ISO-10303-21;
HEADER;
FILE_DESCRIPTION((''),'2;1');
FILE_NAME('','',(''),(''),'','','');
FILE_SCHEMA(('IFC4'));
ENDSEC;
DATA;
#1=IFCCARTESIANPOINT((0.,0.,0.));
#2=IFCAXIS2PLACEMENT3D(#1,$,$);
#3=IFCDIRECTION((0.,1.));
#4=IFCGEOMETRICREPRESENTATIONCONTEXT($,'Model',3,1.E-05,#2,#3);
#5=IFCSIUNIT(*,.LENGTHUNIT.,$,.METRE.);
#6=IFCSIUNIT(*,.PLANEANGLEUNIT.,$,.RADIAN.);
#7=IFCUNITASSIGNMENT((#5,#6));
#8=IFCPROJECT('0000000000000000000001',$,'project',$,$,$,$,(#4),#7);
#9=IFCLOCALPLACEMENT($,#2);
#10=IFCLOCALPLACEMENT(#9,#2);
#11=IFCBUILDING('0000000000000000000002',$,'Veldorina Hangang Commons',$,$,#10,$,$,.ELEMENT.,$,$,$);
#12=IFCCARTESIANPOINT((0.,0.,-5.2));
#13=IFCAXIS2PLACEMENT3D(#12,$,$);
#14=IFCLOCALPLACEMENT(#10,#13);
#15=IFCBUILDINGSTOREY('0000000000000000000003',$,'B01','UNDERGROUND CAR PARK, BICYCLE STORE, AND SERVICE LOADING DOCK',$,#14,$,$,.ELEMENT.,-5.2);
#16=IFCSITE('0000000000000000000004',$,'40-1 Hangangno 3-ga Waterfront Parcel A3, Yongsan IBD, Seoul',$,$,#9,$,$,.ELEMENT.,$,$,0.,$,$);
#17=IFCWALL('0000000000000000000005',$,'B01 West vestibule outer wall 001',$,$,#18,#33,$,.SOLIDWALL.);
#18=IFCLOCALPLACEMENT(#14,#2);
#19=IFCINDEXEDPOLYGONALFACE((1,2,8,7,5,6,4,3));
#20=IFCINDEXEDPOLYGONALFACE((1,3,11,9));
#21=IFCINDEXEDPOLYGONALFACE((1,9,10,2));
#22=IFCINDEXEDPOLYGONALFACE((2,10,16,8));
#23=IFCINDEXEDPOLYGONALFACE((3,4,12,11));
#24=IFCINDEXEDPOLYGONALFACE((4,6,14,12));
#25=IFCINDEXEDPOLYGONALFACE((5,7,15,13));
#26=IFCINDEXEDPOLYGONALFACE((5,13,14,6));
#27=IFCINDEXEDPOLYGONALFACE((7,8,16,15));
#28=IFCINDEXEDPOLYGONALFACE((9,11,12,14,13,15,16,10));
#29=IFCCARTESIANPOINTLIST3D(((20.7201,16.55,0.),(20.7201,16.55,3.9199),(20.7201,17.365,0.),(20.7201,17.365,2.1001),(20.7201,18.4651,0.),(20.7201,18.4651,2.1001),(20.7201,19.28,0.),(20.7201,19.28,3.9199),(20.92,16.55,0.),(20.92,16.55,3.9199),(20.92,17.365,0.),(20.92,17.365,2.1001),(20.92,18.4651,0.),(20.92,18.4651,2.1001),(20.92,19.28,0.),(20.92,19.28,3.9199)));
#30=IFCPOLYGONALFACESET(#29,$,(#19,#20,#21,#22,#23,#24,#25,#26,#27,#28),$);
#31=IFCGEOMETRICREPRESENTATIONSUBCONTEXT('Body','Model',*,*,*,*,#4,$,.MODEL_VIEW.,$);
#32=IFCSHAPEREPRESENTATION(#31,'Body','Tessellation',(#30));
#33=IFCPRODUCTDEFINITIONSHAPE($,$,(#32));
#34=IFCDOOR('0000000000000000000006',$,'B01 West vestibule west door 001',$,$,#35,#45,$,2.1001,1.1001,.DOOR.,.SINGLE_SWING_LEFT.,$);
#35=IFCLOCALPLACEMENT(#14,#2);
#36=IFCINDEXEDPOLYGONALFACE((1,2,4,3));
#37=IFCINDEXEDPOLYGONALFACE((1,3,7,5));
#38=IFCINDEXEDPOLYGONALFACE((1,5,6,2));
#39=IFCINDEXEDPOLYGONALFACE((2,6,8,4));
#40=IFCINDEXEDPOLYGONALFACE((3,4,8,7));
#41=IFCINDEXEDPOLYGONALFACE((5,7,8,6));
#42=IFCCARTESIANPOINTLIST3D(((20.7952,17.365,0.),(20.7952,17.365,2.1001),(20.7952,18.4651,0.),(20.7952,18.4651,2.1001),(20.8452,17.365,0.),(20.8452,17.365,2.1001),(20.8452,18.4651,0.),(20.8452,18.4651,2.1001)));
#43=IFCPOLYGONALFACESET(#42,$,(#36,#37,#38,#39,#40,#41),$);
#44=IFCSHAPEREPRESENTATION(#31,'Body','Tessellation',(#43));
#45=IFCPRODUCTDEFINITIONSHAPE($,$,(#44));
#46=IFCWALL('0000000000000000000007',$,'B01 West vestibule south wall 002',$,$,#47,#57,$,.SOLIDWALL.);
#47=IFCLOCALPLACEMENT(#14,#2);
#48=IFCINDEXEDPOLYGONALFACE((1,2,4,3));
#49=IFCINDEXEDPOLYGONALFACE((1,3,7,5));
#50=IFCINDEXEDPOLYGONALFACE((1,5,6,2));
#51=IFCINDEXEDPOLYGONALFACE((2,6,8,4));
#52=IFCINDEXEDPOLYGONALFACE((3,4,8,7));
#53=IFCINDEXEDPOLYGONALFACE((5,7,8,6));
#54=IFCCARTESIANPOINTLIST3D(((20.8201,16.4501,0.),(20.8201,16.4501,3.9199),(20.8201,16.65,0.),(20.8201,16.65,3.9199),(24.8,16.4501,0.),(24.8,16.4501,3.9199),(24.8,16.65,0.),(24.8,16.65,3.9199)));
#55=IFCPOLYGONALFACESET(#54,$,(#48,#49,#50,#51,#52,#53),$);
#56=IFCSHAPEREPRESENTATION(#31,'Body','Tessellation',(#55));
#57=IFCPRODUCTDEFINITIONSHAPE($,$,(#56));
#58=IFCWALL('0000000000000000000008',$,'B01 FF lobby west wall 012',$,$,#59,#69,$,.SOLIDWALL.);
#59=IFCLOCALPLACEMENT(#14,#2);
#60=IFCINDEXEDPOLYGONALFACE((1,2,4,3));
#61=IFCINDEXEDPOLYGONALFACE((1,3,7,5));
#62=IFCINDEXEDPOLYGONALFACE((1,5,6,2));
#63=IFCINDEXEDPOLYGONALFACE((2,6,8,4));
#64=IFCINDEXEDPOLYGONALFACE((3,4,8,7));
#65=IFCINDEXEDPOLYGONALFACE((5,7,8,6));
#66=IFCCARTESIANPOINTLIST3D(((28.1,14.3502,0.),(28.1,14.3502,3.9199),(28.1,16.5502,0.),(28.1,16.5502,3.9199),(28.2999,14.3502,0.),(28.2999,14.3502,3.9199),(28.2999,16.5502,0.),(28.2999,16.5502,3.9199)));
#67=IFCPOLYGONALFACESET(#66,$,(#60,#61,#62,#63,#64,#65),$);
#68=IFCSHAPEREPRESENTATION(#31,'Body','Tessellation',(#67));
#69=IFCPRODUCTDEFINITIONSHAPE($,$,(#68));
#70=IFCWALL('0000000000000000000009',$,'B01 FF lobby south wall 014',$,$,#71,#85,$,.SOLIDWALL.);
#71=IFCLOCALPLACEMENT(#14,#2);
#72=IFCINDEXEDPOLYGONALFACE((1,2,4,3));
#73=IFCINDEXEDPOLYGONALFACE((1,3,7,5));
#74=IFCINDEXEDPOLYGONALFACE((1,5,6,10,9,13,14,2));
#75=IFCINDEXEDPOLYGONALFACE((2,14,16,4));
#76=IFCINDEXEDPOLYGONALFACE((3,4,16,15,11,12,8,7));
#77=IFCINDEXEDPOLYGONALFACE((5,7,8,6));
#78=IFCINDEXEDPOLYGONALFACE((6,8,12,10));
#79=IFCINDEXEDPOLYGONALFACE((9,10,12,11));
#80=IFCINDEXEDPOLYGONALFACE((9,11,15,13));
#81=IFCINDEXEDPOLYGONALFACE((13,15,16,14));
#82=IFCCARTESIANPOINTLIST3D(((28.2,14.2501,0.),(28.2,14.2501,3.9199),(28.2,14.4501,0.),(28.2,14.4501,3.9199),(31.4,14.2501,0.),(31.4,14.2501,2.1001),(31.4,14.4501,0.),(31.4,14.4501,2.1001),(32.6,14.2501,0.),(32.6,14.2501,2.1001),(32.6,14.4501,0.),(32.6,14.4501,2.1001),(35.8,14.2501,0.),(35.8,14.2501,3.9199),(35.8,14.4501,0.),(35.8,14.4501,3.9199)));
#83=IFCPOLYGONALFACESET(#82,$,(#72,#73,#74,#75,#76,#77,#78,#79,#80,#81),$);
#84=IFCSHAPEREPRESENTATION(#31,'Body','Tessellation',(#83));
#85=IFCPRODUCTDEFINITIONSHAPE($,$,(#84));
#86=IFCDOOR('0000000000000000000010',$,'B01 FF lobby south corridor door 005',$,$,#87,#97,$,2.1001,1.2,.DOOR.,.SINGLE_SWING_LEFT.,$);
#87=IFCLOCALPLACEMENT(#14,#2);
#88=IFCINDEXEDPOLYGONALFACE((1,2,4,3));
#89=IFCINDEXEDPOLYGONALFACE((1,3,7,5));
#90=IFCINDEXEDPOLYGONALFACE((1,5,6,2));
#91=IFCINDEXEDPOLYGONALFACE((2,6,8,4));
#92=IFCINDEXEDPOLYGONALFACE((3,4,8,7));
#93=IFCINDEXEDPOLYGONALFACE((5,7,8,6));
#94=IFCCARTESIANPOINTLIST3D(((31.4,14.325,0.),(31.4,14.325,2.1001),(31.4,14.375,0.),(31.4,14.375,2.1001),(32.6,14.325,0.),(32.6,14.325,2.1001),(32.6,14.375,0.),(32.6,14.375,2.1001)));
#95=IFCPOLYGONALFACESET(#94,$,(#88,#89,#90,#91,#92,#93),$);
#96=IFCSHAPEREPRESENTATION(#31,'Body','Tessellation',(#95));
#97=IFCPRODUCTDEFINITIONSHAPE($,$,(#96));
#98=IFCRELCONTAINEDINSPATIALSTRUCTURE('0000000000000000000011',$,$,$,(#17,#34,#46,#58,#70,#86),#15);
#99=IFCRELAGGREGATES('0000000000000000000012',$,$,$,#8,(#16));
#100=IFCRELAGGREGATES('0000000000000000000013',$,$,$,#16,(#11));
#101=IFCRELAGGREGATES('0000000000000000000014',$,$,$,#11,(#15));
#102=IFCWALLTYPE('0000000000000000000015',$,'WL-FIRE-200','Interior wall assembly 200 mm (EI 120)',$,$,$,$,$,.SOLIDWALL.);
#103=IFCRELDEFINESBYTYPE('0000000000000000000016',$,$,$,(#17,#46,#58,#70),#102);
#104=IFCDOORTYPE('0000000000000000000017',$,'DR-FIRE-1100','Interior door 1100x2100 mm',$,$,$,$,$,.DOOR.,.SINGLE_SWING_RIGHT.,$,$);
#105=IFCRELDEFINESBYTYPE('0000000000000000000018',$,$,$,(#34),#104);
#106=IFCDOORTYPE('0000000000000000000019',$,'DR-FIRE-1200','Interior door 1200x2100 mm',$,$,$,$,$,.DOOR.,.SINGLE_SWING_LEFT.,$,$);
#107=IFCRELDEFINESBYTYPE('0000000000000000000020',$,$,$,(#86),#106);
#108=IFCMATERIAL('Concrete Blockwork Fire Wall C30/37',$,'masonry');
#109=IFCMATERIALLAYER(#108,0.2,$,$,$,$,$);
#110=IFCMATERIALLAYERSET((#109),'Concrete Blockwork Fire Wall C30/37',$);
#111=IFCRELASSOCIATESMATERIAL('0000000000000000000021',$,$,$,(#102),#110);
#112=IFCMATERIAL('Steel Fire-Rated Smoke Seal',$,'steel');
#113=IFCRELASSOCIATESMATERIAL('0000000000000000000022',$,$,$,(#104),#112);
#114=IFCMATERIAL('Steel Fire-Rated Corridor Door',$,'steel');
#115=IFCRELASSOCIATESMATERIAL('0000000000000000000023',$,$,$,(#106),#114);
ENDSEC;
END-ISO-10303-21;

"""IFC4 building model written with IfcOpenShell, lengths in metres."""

from ifc_helpers import new_model, si_unit, direction, frame, frame_2d, origin, place, context, subcontext, project, spatial, rectangle, extrude, material, layer, layer_set, type_object, element, fill, save


model = new_model("IFC4")

# Units and contexts
model_context = context("Model", 3, precision=1e-05, world=origin(), true_north=direction((0.0, 1.0)))
body_context = subcontext(model_context, "Body", "Model", "MODEL_VIEW")
ifc_project = project(units=[si_unit("LENGTHUNIT", "METRE"), si_unit("PLANEANGLEUNIT", "RADIAN")], contexts=[model_context])

# Site, building, storey
site_placement = place(None, origin())
site = spatial("IfcSite", under=ifc_project, at=site_placement, Name="40-1 Hangangno 3-ga Waterfront Parcel A3, Yongsan IBD, Seoul", CompositionType="ELEMENT", RefElevation=0.0)
building_placement = place(site_placement, origin())
building = spatial("IfcBuilding", under=site, at=building_placement, Name="Veldorina Hangang Commons", CompositionType="ELEMENT")
storey_placement = place(building_placement, frame((0.0, 0.0, -5.2)))
storey = spatial("IfcBuildingStorey", under=building, at=storey_placement, Name="B01", Description="UNDERGROUND CAR PARK, BICYCLE STORE, AND SERVICE LOADING DOCK", CompositionType="ELEMENT", Elevation=-5.2)

# Wall, opening, door
ifc_material_1 = material(Name="Concrete Blockwork Fire Wall C30/37", Category="masonry")
ifc_layer_1 = layer(ifc_material_1, 0.2)
ifc_layer_set_1 = layer_set([ifc_layer_1], Name="Concrete Blockwork Fire Wall C30/37")
wall_type_1 = type_object("IfcWallType", Name="WL-FIRE-200", Description="Interior wall assembly 200 mm (EI 120)", PredefinedType="SOLIDWALL", material=ifc_layer_set_1)
wall_1_placement = place(storey_placement, frame((20.8201, 16.55, 0.0), z_axis=(0.0, 0.0, 1.0), x_axis=(0.0, 1.0, 0.0)))
wall_1 = element("IfcWall", 1, at=wall_1_placement, inside=storey, type_object=wall_type_1, Name="B01 West vestibule outer wall 001", PredefinedType="SOLIDWALL", context=body_context, shape_type="SweptSolid", body=[
    extrude(rectangle(XDim=2.73, YDim=0.2, at=frame_2d((1.365, 0.0))), origin(), (0.0, 0.0, 1.0), 3.9199),
])
opening_1_placement = place(wall_1_placement, frame((0.8149, 0.0, 0.0)))
opening_1 = element("IfcOpeningElement", 2, at=opening_1_placement, cuts=wall_1, PredefinedType="OPENING", context=body_context, shape_type="SweptSolid", body=[
    extrude(rectangle(XDim=1.1001, YDim=2.1001, at=frame_2d((0.55, 1.05))), frame((0.0, 0.1099, 0.0), z_axis=(0.0, -1.0, 0.0), x_axis=(1.0, 0.0, 0.0)), (0.0, 0.0, 1.0), 0.22),
])
ifc_material_2 = material(Name="Steel Fire-Rated Smoke Seal", Category="steel")
door_type_1 = type_object("IfcDoorType", Name="DR-FIRE-1100", Description="Interior door 1100x2100 mm", OperationType="SINGLE_SWING_RIGHT", PredefinedType="DOOR", material=ifc_material_2)
door_1_placement = place(opening_1_placement, origin())
door_1 = element("IfcDoor", 3, at=door_1_placement, inside=storey, type_object=door_type_1, Name="B01 West vestibule west door 001", OperationType="SINGLE_SWING_LEFT", OverallHeight=2.1001, OverallWidth=1.1001, PredefinedType="DOOR", context=body_context, shape_type="SweptSolid", body=[
    extrude(rectangle(XDim=1.1001, YDim=2.1001, at=frame_2d((0.55, 1.05))), frame((0.0, 0.0249, 0.0), z_axis=(0.0, -1.0, 0.0), x_axis=(1.0, 0.0, 0.0)), (0.0, 0.0, 1.0), 0.05),
])
fill(opening_1, door_1)

# Walls
wall_2_placement = place(storey_placement, frame((20.8201, 16.55, 0.0), z_axis=(0.0, 0.0, 1.0), x_axis=(1.0, 0.0, 0.0)))
element("IfcWall", 4, at=wall_2_placement, inside=storey, type_object=wall_type_1, Name="B01 West vestibule south wall 002", PredefinedType="SOLIDWALL", context=body_context, shape_type="SweptSolid", body=[
    extrude(rectangle(XDim=3.98, YDim=0.2, at=frame_2d((1.99, 0.0))), origin(), (0.0, 0.0, 1.0), 3.9199),
])
wall_3_placement = place(storey_placement, frame((28.2, 14.3501, 0.0), z_axis=(0.0, 0.0, 1.0), x_axis=(0.0, 1.0, 0.0)))
element("IfcWall", 5, at=wall_3_placement, inside=storey, type_object=wall_type_1, Name="B01 FF lobby west wall 012", PredefinedType="SOLIDWALL", context=body_context, shape_type="SweptSolid", body=[
    extrude(rectangle(XDim=2.2, YDim=0.2, at=frame_2d((1.1001, 0.0))), origin(), (0.0, 0.0, 1.0), 3.9199),
])

# Wall, opening, door
wall_4_placement = place(storey_placement, frame((28.2, 14.3501, 0.0), z_axis=(0.0, 0.0, 1.0), x_axis=(1.0, 0.0, 0.0)))
wall_4 = element("IfcWall", 6, at=wall_4_placement, inside=storey, type_object=wall_type_1, Name="B01 FF lobby south wall 014", PredefinedType="SOLIDWALL", context=body_context, shape_type="SweptSolid", body=[
    extrude(rectangle(XDim=7.6001, YDim=0.2, at=frame_2d((3.8, 0.0))), origin(), (0.0, 0.0, 1.0), 3.9199),
])
opening_2_placement = place(wall_4_placement, frame((3.2, 0.0, 0.0)))
opening_2 = element("IfcOpeningElement", 7, at=opening_2_placement, cuts=wall_4, PredefinedType="OPENING", context=body_context, shape_type="SweptSolid", body=[
    extrude(rectangle(XDim=1.2, YDim=2.1001, at=frame_2d((0.6001, 1.05))), frame((0.0, 0.1099, 0.0), z_axis=(0.0, -1.0, 0.0), x_axis=(1.0, 0.0, 0.0)), (0.0, 0.0, 1.0), 0.22),
])
ifc_material_3 = material(Name="Steel Fire-Rated Corridor Door", Category="steel")
door_type_2 = type_object("IfcDoorType", Name="DR-FIRE-1200", Description="Interior door 1200x2100 mm", OperationType="SINGLE_SWING_LEFT", PredefinedType="DOOR", material=ifc_material_3)
door_2_placement = place(opening_2_placement, origin())
door_2 = element("IfcDoor", 8, at=door_2_placement, inside=storey, type_object=door_type_2, Name="B01 FF lobby south corridor door 005", OperationType="SINGLE_SWING_LEFT", OverallHeight=2.1001, OverallWidth=1.2, PredefinedType="DOOR", context=body_context, shape_type="SweptSolid", body=[
    extrude(rectangle(XDim=1.2, YDim=2.1001, at=frame_2d((0.6001, 1.05))), frame((0.0, 0.0249, 0.0), z_axis=(0.0, -1.0, 0.0), x_axis=(1.0, 0.0, 0.0)), (0.0, 0.0, 1.0), 0.05),
])
fill(opening_2, door_2)

save(model, "model.ifc")
